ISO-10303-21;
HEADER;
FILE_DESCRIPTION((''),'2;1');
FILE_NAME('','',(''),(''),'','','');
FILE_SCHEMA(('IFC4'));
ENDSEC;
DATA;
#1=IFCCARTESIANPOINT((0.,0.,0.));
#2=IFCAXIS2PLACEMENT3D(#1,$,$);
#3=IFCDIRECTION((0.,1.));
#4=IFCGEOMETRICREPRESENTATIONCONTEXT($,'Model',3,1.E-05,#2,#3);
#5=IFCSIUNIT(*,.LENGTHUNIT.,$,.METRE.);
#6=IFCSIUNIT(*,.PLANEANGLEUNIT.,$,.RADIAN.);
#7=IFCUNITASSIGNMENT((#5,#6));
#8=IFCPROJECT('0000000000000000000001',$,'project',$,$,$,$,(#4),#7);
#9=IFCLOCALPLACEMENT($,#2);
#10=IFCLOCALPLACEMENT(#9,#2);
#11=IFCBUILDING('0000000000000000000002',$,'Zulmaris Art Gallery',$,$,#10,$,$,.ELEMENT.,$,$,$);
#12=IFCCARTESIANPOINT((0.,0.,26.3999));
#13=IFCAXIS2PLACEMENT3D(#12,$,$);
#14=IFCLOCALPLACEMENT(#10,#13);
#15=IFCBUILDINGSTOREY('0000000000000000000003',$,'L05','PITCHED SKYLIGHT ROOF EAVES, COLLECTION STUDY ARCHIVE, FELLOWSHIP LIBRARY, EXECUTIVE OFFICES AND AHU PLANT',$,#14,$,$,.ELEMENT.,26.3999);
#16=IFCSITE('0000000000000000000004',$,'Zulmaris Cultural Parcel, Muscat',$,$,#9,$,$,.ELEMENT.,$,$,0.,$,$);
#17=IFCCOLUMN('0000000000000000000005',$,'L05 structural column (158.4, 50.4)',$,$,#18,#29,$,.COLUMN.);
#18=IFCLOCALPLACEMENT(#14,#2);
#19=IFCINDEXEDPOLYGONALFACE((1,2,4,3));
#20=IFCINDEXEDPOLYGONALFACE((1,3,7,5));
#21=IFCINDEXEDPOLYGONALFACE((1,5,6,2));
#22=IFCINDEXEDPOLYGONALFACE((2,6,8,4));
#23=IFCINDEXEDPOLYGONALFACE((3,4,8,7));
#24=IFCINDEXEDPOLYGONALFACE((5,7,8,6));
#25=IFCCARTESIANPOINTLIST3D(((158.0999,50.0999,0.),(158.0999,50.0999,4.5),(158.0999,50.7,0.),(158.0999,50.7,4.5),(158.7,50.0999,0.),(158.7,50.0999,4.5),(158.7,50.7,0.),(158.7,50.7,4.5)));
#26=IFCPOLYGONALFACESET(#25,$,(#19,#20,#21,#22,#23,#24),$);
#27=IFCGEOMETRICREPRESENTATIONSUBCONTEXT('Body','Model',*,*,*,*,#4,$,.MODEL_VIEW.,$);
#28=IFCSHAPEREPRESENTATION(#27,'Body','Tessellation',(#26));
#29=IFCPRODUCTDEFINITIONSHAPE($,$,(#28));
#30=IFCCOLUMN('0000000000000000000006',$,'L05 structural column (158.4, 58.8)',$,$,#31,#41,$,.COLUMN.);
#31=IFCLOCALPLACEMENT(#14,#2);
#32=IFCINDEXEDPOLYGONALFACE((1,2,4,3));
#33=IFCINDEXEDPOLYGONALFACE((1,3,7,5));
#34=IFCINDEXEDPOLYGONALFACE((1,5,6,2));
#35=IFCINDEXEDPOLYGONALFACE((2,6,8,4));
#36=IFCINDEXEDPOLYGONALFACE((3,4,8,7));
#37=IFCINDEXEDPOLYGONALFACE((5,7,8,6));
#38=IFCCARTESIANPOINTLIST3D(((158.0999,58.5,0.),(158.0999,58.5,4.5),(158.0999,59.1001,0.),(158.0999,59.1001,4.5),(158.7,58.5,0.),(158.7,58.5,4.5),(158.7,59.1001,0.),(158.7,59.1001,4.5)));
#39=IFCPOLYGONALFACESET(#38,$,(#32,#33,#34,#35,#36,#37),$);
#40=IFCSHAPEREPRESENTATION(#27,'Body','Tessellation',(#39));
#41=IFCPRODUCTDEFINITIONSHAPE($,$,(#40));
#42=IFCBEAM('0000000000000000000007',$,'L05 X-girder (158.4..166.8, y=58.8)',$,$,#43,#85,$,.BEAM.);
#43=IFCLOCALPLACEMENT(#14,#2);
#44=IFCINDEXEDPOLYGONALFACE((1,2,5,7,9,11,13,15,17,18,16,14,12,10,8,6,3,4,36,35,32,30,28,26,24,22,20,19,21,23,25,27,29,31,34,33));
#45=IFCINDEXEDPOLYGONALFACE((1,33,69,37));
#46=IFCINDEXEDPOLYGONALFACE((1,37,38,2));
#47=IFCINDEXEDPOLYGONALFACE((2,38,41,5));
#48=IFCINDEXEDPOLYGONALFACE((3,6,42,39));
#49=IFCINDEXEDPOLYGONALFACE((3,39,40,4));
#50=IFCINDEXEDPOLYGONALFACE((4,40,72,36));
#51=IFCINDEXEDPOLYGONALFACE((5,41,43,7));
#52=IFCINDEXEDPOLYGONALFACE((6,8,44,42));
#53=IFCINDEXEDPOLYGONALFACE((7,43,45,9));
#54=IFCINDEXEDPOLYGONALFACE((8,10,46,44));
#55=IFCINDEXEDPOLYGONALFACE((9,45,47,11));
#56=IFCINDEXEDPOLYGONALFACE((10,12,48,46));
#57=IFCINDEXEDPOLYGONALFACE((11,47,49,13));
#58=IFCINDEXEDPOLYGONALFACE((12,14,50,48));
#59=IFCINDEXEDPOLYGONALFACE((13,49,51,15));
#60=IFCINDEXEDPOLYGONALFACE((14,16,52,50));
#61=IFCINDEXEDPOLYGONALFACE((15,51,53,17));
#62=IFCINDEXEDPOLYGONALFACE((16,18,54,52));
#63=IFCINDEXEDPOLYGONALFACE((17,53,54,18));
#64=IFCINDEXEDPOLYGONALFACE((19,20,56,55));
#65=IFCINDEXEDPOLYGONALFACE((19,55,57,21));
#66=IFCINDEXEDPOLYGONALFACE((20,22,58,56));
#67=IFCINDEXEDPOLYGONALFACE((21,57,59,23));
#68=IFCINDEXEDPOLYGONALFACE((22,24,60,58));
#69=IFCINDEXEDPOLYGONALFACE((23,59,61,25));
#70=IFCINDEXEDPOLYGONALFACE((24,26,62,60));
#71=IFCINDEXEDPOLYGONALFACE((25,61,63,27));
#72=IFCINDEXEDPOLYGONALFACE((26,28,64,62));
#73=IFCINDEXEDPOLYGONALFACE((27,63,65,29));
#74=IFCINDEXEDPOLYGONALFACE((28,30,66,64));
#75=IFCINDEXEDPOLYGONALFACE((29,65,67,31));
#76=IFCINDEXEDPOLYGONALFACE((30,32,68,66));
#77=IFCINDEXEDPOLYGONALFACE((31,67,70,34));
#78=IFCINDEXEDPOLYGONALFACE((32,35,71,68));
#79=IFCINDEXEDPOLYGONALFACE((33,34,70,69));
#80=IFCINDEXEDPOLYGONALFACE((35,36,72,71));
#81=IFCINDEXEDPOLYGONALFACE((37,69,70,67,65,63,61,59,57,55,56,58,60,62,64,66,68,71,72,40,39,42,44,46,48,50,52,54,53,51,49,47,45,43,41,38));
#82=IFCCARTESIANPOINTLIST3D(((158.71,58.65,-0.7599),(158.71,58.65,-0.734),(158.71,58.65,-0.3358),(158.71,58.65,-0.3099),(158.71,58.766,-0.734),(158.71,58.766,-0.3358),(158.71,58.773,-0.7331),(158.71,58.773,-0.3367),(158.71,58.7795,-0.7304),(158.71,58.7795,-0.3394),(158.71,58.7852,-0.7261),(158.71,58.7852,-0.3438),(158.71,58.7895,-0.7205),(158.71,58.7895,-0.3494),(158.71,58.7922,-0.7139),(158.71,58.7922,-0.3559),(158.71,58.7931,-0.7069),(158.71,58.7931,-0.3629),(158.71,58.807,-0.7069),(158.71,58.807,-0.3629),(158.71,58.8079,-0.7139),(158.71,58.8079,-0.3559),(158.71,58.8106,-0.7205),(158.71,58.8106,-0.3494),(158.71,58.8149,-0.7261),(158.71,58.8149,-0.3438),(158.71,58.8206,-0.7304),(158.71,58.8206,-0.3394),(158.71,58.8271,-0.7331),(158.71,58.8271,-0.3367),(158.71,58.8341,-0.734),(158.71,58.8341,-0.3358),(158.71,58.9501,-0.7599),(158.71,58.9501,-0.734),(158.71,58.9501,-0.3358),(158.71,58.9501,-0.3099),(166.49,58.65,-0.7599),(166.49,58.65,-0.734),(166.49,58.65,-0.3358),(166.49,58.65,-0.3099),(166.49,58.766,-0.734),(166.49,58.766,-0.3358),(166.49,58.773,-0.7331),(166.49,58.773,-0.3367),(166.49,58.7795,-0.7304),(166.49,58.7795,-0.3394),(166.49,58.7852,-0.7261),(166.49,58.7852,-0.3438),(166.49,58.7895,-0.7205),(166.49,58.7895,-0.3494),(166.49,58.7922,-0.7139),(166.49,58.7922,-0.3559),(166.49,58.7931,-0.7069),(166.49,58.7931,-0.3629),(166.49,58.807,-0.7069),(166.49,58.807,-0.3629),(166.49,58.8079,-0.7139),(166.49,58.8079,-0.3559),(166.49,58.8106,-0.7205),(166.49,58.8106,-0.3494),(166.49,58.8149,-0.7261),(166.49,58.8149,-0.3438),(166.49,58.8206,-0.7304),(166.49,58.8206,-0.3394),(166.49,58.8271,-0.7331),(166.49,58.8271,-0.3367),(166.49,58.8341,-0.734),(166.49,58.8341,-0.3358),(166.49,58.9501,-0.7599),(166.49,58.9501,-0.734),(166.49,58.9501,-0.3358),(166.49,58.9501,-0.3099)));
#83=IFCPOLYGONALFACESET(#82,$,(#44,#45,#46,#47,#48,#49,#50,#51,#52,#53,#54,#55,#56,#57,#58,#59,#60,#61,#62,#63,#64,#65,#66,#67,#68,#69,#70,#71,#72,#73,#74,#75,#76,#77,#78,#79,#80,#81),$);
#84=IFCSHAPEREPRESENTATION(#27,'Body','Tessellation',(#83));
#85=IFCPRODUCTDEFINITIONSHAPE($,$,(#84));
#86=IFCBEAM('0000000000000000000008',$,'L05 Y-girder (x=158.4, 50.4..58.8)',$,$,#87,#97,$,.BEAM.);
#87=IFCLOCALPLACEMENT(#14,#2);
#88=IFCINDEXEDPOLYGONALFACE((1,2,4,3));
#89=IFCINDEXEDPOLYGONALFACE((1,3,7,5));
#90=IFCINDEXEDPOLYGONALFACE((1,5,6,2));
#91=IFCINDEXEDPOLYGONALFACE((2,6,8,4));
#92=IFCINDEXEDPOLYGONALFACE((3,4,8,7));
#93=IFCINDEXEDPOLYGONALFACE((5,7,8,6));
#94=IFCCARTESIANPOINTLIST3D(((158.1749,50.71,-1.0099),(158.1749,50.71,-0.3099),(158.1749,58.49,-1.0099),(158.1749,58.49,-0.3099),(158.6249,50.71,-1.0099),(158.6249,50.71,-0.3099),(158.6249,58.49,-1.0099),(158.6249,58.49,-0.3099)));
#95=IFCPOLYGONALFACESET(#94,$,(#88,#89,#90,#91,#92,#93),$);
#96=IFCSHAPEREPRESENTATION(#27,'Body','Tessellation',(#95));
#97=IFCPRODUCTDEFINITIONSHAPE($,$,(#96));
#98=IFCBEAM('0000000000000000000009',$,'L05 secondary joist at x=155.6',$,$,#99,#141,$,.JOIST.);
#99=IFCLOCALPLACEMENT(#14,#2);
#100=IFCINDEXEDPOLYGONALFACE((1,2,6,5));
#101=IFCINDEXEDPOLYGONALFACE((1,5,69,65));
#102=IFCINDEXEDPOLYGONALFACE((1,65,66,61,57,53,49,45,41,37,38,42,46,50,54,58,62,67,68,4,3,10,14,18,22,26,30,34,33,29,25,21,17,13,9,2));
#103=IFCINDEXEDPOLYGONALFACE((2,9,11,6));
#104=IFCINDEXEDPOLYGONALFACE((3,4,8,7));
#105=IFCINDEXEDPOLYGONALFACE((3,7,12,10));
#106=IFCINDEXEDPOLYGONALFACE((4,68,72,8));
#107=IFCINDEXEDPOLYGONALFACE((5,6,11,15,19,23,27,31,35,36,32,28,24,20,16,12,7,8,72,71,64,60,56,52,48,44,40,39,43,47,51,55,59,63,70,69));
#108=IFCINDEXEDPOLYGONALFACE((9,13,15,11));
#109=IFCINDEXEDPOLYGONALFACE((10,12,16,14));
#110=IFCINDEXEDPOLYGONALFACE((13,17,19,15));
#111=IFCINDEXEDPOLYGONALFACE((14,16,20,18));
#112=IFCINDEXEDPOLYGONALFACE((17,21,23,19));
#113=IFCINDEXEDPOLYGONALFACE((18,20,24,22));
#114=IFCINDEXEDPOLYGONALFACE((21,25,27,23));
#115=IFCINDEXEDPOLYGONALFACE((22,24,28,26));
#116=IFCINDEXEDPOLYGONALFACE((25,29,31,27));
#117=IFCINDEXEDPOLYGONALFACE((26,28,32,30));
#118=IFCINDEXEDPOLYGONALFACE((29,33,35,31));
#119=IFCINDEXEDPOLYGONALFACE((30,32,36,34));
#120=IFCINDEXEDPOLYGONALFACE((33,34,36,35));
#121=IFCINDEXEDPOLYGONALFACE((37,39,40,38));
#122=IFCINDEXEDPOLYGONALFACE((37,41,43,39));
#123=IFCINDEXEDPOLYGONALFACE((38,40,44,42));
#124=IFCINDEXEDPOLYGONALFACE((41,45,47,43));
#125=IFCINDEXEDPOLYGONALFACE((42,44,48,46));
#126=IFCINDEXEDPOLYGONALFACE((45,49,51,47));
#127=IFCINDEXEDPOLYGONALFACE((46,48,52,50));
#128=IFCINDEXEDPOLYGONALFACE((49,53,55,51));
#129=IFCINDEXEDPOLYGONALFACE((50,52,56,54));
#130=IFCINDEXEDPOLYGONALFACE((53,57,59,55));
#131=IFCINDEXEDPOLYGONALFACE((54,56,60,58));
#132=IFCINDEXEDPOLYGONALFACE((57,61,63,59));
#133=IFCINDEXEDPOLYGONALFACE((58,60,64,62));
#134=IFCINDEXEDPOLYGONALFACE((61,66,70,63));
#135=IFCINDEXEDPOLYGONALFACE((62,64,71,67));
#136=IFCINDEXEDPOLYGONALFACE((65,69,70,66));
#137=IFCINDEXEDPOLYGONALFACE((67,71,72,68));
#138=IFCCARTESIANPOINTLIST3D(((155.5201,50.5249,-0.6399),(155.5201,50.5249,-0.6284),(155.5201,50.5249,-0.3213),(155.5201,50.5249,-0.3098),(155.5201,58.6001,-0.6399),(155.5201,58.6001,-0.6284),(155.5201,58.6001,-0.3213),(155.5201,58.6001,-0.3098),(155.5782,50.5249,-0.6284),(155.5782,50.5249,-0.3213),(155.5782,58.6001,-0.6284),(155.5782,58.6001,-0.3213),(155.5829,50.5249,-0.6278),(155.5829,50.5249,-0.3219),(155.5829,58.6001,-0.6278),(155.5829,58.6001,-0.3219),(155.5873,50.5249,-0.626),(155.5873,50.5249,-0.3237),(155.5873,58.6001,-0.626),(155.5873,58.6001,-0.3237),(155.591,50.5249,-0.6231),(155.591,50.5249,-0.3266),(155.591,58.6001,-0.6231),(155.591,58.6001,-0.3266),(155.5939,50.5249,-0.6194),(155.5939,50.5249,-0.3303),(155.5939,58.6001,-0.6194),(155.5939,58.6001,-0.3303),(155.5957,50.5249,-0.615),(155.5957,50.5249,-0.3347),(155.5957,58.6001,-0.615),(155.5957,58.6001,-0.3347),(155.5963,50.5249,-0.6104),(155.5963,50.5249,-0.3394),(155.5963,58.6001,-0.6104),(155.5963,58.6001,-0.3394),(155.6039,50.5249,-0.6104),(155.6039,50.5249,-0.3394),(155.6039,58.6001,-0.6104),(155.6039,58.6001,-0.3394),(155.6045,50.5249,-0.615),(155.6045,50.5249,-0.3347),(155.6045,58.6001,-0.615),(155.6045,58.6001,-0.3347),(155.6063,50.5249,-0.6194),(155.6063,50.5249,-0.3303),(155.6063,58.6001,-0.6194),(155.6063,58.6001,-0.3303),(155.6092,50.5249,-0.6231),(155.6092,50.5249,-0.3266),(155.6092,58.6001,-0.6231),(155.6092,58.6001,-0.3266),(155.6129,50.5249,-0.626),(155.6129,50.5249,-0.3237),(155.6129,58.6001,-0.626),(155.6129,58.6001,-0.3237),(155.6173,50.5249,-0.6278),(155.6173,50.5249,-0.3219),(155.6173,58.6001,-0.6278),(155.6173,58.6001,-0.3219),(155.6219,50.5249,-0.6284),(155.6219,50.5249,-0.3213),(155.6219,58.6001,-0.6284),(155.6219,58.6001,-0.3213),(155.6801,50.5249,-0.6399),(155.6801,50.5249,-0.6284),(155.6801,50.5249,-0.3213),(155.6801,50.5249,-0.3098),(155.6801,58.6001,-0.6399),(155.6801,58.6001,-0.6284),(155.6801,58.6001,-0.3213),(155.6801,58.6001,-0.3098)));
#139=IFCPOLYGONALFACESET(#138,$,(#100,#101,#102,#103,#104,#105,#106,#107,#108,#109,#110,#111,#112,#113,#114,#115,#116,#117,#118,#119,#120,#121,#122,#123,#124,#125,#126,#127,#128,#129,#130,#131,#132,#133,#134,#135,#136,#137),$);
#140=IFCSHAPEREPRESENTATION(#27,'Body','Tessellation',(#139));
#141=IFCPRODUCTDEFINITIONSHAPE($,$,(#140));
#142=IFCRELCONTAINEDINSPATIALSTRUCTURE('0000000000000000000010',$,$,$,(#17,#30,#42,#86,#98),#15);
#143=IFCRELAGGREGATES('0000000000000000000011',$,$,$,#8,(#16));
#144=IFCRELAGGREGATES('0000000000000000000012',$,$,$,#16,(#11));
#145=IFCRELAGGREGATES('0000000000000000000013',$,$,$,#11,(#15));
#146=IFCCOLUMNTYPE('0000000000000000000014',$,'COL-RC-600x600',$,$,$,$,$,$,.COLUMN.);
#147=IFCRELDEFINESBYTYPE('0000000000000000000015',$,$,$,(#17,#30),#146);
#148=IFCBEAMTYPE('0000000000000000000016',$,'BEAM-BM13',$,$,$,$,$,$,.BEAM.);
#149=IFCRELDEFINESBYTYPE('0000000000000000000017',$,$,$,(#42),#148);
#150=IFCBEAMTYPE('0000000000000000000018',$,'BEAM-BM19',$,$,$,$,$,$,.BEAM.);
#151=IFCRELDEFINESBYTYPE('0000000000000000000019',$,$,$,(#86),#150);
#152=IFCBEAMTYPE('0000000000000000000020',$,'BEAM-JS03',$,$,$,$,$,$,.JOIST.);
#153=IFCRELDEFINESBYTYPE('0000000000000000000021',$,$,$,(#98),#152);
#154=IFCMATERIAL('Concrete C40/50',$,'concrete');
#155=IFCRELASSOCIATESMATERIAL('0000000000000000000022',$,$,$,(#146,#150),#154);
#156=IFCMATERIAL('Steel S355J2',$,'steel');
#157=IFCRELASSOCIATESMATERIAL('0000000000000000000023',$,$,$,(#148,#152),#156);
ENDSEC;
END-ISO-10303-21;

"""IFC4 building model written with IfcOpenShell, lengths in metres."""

from ifc_helpers import new_model, si_unit, direction, frame, origin, origin_2d, place, context, subcontext, project, spatial, rectangle, i_section, extrude, material, material_profile, profile_set, type_object, element, save


model = new_model("IFC4")

# Units and contexts
model_context = context("Model", 3, precision=1e-05, world=origin(), true_north=direction((0.0, 1.0)))
body_context = subcontext(model_context, "Body", "Model", "MODEL_VIEW")
ifc_project = project(units=[si_unit("LENGTHUNIT", "METRE"), si_unit("PLANEANGLEUNIT", "RADIAN")], contexts=[model_context])

# Site, building, storey
site_placement = place(None, origin())
site = spatial("IfcSite", under=ifc_project, at=site_placement, Name="Zulmaris Cultural Parcel, Muscat", CompositionType="ELEMENT", RefElevation=0.0)
building_placement = place(site_placement, origin())
building = spatial("IfcBuilding", under=site, at=building_placement, Name="Zulmaris Art Gallery", CompositionType="ELEMENT")
storey_placement = place(building_placement, frame((0.0, 0.0, 26.3999)))
storey = spatial("IfcBuildingStorey", under=building, at=storey_placement, Name="L05", Description="PITCHED SKYLIGHT ROOF EAVES, COLLECTION STUDY ARCHIVE, FELLOWSHIP LIBRARY, EXECUTIVE OFFICES AND AHU PLANT", CompositionType="ELEMENT", Elevation=26.3999)

# Columns
ifc_material_1 = material(Name="Concrete C40/50", Category="concrete")
ifc_material_profile_1 = material_profile(ifc_material_1, rectangle(XDim=0.6001, YDim=0.6001, at=origin_2d()), Name="RC 600x600")
ifc_profile_set_1 = profile_set([ifc_material_profile_1], Name="Concrete C40/50")
column_type = type_object("IfcColumnType", Name="COL-RC-600x600", PredefinedType="COLUMN", material=ifc_profile_set_1)
for number, where, z_axis, x_axis, name in (
    (1, (158.3999, 50.3999, 0.0), (0.0, 0.0, 1.0), (1.0, 0.0, 0.0), "L05 structural column (158.4, 50.4)"),
    (2, (158.3999, 58.8, 0.0), (0.0, 0.0, 1.0), (1.0, 0.0, 0.0), "L05 structural column (158.4, 58.8)"),
):
    element("IfcColumn", number, at=place(storey_placement, frame(where, z_axis=z_axis, x_axis=x_axis)), inside=storey, type_object=column_type, Name=name, PredefinedType="COLUMN", context=body_context, shape_type="SweptSolid", body=[
        extrude(rectangle(XDim=0.6001, YDim=0.6001, at=origin_2d()), origin(), (0.0, 0.0, 1.0), 4.5),
    ])

# Beams
ifc_material_2 = material(Name="Steel S355J2", Category="steel")
ifc_material_profile_2 = material_profile(ifc_material_2, i_section(OverallWidth=0.3, OverallDepth=0.45, WebThickness=0.0139, FlangeThickness=0.0259, FilletRadius=0.0271, at=origin_2d()), Name="HEB 450")
ifc_profile_set_2 = profile_set([ifc_material_profile_2], Name="Steel S355J2")
beam_type_1 = type_object("IfcBeamType", Name="BEAM-BM13", PredefinedType="BEAM", material=ifc_profile_set_2)
beam_1_placement = place(storey_placement, frame((158.71, 58.8, -0.5349), z_axis=(1.0, 0.0, 0.0), x_axis=(0.0, 1.0, 0.0)))
element("IfcBeam", 3, at=beam_1_placement, inside=storey, type_object=beam_type_1, Name="L05 X-girder (158.4..166.8, y=58.8)", PredefinedType="BEAM", context=body_context, shape_type="SweptSolid", body=[
    extrude(i_section(OverallWidth=0.3, OverallDepth=0.45, WebThickness=0.0139, FlangeThickness=0.0259, FilletRadius=0.0271, at=origin_2d()), origin(), (0.0, 0.0, 1.0), 7.78),
])
ifc_material_profile_3 = material_profile(ifc_material_1, rectangle(XDim=0.45, YDim=0.7, at=origin_2d()), Name="RC 450x700")
ifc_profile_set_3 = profile_set([ifc_material_profile_3], Name="Concrete C40/50")
beam_type_2 = type_object("IfcBeamType", Name="BEAM-BM19", PredefinedType="BEAM", material=ifc_profile_set_3)
beam_2_placement = place(storey_placement, frame((158.3999, 50.71, -0.6599), z_axis=(0.0, 1.0, 0.0), x_axis=(-1.0, 0.0, 0.0)))
element("IfcBeam", 4, at=beam_2_placement, inside=storey, type_object=beam_type_2, Name="L05 Y-girder (x=158.4, 50.4..58.8)", PredefinedType="BEAM", context=body_context, shape_type="SweptSolid", body=[
    extrude(rectangle(XDim=0.45, YDim=0.7, at=origin_2d()), origin(), (0.0, 0.0, 1.0), 7.78),
])
ifc_material_profile_4 = material_profile(ifc_material_2, i_section(OverallWidth=0.1599, OverallDepth=0.3301, WebThickness=0.0076, FlangeThickness=0.0115, FilletRadius=0.0181, at=origin_2d()), Name="IPE 330")
ifc_profile_set_4 = profile_set([ifc_material_profile_4], Name="Steel S355J2")
beam_type_3 = type_object("IfcBeamType", Name="BEAM-JS03", PredefinedType="JOIST", material=ifc_profile_set_4)
beam_3_placement = place(storey_placement, frame((155.6001, 50.5249, -0.4749), z_axis=(0.0, 1.0, 0.0), x_axis=(-1.0, 0.0, 0.0)))
element("IfcBeam", 5, at=beam_3_placement, inside=storey, type_object=beam_type_3, Name="L05 secondary joist at x=155.6", PredefinedType="JOIST", context=body_context, shape_type="SweptSolid", body=[
    extrude(i_section(OverallWidth=0.1599, OverallDepth=0.3301, WebThickness=0.0076, FlangeThickness=0.0115, FilletRadius=0.0181, at=origin_2d()), origin(), (0.0, 0.0, 1.0), 8.0752),
])

save(model, "model.ifc")
